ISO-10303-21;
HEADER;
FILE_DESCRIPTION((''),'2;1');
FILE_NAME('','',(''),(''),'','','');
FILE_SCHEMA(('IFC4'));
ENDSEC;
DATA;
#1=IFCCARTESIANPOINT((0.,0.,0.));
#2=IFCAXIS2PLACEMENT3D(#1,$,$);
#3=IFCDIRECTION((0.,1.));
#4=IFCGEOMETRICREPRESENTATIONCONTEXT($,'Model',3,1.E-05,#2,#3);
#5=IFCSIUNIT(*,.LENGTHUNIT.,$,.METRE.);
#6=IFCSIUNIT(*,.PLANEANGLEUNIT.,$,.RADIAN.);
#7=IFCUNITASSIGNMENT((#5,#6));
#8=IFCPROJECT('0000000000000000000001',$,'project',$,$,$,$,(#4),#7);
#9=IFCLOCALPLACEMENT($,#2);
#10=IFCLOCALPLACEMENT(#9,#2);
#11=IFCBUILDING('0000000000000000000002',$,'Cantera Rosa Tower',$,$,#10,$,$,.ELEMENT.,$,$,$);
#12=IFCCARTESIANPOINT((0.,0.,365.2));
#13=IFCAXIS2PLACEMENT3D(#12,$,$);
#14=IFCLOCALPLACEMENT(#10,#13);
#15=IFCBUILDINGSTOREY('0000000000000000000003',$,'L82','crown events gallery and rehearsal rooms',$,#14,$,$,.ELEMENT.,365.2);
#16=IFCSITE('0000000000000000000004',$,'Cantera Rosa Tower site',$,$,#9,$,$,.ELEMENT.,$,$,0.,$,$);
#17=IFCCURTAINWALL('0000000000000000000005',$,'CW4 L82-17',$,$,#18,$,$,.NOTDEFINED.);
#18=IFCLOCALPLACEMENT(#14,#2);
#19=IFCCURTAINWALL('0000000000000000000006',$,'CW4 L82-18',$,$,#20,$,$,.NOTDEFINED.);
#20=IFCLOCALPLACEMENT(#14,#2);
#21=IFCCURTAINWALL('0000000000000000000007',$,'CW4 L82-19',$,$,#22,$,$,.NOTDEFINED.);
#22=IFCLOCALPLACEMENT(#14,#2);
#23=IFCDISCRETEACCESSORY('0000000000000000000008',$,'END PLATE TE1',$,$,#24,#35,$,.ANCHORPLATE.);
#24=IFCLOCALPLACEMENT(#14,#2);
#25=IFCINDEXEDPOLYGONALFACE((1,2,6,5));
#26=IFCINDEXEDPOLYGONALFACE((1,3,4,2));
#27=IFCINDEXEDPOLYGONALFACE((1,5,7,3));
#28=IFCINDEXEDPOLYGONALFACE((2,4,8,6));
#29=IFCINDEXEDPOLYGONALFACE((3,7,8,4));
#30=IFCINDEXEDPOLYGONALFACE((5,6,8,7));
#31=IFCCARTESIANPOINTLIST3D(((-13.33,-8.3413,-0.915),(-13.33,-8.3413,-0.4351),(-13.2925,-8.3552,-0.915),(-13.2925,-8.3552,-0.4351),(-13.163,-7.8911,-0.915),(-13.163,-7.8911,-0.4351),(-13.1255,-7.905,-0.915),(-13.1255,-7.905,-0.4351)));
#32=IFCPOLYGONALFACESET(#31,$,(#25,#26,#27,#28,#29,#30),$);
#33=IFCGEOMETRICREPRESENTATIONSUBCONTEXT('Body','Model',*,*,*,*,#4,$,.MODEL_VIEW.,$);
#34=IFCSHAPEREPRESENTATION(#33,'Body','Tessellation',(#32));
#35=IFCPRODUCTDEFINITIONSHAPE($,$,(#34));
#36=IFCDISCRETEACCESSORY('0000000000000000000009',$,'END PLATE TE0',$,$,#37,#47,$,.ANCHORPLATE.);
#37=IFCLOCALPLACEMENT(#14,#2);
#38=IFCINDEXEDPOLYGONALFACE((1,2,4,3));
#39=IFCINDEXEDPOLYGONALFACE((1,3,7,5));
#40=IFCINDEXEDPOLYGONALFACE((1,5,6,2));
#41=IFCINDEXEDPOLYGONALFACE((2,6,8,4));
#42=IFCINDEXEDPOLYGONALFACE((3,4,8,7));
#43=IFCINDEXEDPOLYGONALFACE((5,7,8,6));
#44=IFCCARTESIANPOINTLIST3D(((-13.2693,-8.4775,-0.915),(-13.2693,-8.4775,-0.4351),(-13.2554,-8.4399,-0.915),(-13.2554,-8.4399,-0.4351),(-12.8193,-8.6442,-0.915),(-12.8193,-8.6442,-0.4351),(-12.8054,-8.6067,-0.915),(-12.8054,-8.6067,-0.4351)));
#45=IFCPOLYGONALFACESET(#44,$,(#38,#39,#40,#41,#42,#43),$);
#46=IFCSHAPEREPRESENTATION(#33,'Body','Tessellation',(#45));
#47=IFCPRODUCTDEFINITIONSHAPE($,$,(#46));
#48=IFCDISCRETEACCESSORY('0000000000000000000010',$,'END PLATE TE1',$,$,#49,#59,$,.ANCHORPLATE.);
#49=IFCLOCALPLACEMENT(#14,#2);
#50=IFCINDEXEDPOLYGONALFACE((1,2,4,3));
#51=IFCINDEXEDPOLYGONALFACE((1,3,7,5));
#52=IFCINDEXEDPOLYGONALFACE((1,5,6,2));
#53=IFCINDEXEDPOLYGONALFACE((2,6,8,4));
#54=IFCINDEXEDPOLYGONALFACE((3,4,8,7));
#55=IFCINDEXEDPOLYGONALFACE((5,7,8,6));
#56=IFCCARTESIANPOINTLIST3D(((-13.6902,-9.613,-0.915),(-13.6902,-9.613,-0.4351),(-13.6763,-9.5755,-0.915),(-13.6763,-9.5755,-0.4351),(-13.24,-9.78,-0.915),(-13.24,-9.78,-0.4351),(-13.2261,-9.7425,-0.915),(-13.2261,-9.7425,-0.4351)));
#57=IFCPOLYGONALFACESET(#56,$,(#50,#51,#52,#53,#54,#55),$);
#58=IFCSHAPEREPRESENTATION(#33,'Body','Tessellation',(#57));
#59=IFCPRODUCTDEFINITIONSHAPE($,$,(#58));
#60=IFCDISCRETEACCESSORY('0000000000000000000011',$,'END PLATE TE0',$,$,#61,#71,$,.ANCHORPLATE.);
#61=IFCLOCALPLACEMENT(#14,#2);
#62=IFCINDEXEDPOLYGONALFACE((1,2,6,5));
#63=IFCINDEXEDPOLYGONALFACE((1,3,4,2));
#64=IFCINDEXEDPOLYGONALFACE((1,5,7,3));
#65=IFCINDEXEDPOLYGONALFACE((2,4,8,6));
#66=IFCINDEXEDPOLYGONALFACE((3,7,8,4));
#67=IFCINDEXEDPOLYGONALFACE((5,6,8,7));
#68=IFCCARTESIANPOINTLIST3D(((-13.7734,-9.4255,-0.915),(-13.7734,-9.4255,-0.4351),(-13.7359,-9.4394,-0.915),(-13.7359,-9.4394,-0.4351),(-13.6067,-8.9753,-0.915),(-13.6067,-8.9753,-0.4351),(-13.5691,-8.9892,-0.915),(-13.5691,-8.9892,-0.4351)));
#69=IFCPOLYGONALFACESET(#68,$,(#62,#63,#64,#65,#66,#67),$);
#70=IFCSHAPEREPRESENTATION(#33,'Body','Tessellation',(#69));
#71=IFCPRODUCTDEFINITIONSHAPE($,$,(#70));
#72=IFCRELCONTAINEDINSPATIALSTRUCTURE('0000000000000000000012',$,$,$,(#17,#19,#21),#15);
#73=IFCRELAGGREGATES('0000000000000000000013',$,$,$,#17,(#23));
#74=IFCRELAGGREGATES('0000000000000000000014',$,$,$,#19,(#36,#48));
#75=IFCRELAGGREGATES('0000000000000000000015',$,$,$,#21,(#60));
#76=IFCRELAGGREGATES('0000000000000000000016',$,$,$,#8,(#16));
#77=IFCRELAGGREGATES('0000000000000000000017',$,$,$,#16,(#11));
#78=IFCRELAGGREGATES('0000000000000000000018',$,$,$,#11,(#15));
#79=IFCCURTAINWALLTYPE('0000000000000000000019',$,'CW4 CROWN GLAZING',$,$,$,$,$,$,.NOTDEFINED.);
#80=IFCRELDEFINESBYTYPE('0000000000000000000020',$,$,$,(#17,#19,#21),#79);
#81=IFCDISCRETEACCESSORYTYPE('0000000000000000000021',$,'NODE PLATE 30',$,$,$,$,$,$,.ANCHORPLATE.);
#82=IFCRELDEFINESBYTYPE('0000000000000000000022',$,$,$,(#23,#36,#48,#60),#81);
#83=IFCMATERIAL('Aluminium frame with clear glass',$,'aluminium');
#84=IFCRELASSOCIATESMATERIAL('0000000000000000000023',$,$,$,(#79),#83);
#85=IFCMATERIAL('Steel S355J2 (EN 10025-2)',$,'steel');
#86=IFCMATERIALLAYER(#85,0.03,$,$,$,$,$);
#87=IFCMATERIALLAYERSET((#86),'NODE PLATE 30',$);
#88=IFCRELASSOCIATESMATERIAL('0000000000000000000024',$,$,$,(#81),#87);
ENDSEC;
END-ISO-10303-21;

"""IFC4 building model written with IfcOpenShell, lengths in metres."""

from ifc_helpers import new_model, si_unit, direction, frame, origin, place, context, subcontext, project, spatial, polyline, outline, extrude, material, layer, layer_set, type_object, element, aggregate, save


model = new_model("IFC4")

# Units and contexts
model_context = context("Model", 3, precision=1e-05, world=origin(), true_north=direction((0.0, 1.0)))
body_context = subcontext(model_context, "Body", "Model", "MODEL_VIEW")
ifc_project = project(units=[si_unit("LENGTHUNIT", "METRE"), si_unit("PLANEANGLEUNIT", "RADIAN")], contexts=[model_context])

# Site, building, storey
site_placement = place(None, origin())
site = spatial("IfcSite", under=ifc_project, at=site_placement, Name="Cantera Rosa Tower site", CompositionType="ELEMENT", RefElevation=0.0)
building_placement = place(site_placement, origin())
building = spatial("IfcBuilding", under=site, at=building_placement, Name="Cantera Rosa Tower", CompositionType="ELEMENT")
storey_placement = place(building_placement, frame((0.0, 0.0, 365.2)))
storey = spatial("IfcBuildingStorey", under=building, at=storey_placement, Name="L82", Description="crown events gallery and rehearsal rooms", CompositionType="ELEMENT", Elevation=365.2)

# Curtain walls
ifc_material_1 = material(Name="Aluminium frame with clear glass", Category="aluminium")
curtain_wall_type = type_object("IfcCurtainWallType", Name="CW4 CROWN GLAZING", PredefinedType="NOTDEFINED", material=ifc_material_1)
curtain_wall_1_placement = place(storey_placement, origin())
curtain_wall_1 = element("IfcCurtainWall", 1, at=curtain_wall_1_placement, inside=storey, type_object=curtain_wall_type, Name="CW4 L82-17", PredefinedType="NOTDEFINED")
curtain_wall_2_placement = place(storey_placement, origin())
curtain_wall_2 = element("IfcCurtainWall", 2, at=curtain_wall_2_placement, inside=storey, type_object=curtain_wall_type, Name="CW4 L82-18", PredefinedType="NOTDEFINED")
curtain_wall_3_placement = place(storey_placement, origin())
curtain_wall_3 = element("IfcCurtainWall", 3, at=curtain_wall_3_placement, inside=storey, type_object=curtain_wall_type, Name="CW4 L82-19", PredefinedType="NOTDEFINED")

# Discrete accessories
ifc_material_2 = material(Name="Steel S355J2 (EN 10025-2)", Category="steel")
ifc_layer_1 = layer(ifc_material_2, 0.03)
ifc_layer_set_1 = layer_set([ifc_layer_1], Name="NODE PLATE 30")
discrete_accessory_type = type_object("IfcDiscreteAccessoryType", Name="NODE PLATE 30", PredefinedType="ANCHORPLATE", material=ifc_layer_set_1)
discrete_accessory_1_placement = place(storey_placement, frame((-13.1255, -7.905, -0.4351), z_axis=(0.937577, -0.347778, 0.0), x_axis=(-0.347778, -0.937577, 0.0)))
discrete_accessory_1 = element("IfcDiscreteAccessory", 4, at=discrete_accessory_1_placement, type_object=discrete_accessory_type, Name="END PLATE TE1", PredefinedType="ANCHORPLATE", context=body_context, shape_type="SweptSolid", body=[
    extrude(outline(polyline([(0.0, 0.0), (0.4802, 0.0), (0.4802, 0.48), (0.0, 0.48), (0.0, 0.0)])), origin(), (0.0, 0.0, -1.0), 0.04),
])
aggregate(curtain_wall_1, [discrete_accessory_1])
discrete_accessory_2_placement = place(storey_placement, frame((-13.2554, -8.4399, -0.4351), z_axis=(0.347497, 0.937681, 0.0), x_axis=(0.937681, -0.347497, 0.0)))
discrete_accessory_2 = element("IfcDiscreteAccessory", 5, at=discrete_accessory_2_placement, type_object=discrete_accessory_type, Name="END PLATE TE0", PredefinedType="ANCHORPLATE", context=body_context, shape_type="SweptSolid", body=[
    extrude(outline(polyline([(0.0, 0.0), (0.4799, 0.0), (0.4799, 0.48), (0.0, 0.48), (0.0, 0.0)])), origin(), (0.0, 0.0, -1.0), 0.04),
])
discrete_accessory_3_placement = place(storey_placement, frame((-13.24, -9.78, -0.4351), z_axis=(-0.347778, -0.937577, 0.0), x_axis=(-0.937577, 0.347778, 0.0)))
discrete_accessory_3 = element("IfcDiscreteAccessory", 6, at=discrete_accessory_3_placement, type_object=discrete_accessory_type, Name="END PLATE TE1", PredefinedType="ANCHORPLATE", context=body_context, shape_type="SweptSolid", body=[
    extrude(outline(polyline([(0.0, 0.0), (0.4802, 0.0), (0.4802, 0.48), (0.0, 0.48), (0.0, 0.0)])), origin(), (0.0, 0.0, -1.0), 0.04),
])
aggregate(curtain_wall_2, [discrete_accessory_2, discrete_accessory_3])
discrete_accessory_4_placement = place(storey_placement, frame((-13.7734, -9.4255, -0.4351), z_axis=(-0.937743, 0.347331, 0.0), x_axis=(0.347331, 0.937743, 0.0)))
discrete_accessory_4 = element("IfcDiscreteAccessory", 7, at=discrete_accessory_4_placement, type_object=discrete_accessory_type, Name="END PLATE TE0", PredefinedType="ANCHORPLATE", context=body_context, shape_type="SweptSolid", body=[
    extrude(outline(polyline([(0.0, 0.0), (0.4801, 0.0), (0.4801, 0.48), (0.0, 0.48), (0.0, 0.0)])), origin(), (0.0, 0.0, -1.0), 0.04),
])
aggregate(curtain_wall_3, [discrete_accessory_4])

save(model, "model.ifc")
